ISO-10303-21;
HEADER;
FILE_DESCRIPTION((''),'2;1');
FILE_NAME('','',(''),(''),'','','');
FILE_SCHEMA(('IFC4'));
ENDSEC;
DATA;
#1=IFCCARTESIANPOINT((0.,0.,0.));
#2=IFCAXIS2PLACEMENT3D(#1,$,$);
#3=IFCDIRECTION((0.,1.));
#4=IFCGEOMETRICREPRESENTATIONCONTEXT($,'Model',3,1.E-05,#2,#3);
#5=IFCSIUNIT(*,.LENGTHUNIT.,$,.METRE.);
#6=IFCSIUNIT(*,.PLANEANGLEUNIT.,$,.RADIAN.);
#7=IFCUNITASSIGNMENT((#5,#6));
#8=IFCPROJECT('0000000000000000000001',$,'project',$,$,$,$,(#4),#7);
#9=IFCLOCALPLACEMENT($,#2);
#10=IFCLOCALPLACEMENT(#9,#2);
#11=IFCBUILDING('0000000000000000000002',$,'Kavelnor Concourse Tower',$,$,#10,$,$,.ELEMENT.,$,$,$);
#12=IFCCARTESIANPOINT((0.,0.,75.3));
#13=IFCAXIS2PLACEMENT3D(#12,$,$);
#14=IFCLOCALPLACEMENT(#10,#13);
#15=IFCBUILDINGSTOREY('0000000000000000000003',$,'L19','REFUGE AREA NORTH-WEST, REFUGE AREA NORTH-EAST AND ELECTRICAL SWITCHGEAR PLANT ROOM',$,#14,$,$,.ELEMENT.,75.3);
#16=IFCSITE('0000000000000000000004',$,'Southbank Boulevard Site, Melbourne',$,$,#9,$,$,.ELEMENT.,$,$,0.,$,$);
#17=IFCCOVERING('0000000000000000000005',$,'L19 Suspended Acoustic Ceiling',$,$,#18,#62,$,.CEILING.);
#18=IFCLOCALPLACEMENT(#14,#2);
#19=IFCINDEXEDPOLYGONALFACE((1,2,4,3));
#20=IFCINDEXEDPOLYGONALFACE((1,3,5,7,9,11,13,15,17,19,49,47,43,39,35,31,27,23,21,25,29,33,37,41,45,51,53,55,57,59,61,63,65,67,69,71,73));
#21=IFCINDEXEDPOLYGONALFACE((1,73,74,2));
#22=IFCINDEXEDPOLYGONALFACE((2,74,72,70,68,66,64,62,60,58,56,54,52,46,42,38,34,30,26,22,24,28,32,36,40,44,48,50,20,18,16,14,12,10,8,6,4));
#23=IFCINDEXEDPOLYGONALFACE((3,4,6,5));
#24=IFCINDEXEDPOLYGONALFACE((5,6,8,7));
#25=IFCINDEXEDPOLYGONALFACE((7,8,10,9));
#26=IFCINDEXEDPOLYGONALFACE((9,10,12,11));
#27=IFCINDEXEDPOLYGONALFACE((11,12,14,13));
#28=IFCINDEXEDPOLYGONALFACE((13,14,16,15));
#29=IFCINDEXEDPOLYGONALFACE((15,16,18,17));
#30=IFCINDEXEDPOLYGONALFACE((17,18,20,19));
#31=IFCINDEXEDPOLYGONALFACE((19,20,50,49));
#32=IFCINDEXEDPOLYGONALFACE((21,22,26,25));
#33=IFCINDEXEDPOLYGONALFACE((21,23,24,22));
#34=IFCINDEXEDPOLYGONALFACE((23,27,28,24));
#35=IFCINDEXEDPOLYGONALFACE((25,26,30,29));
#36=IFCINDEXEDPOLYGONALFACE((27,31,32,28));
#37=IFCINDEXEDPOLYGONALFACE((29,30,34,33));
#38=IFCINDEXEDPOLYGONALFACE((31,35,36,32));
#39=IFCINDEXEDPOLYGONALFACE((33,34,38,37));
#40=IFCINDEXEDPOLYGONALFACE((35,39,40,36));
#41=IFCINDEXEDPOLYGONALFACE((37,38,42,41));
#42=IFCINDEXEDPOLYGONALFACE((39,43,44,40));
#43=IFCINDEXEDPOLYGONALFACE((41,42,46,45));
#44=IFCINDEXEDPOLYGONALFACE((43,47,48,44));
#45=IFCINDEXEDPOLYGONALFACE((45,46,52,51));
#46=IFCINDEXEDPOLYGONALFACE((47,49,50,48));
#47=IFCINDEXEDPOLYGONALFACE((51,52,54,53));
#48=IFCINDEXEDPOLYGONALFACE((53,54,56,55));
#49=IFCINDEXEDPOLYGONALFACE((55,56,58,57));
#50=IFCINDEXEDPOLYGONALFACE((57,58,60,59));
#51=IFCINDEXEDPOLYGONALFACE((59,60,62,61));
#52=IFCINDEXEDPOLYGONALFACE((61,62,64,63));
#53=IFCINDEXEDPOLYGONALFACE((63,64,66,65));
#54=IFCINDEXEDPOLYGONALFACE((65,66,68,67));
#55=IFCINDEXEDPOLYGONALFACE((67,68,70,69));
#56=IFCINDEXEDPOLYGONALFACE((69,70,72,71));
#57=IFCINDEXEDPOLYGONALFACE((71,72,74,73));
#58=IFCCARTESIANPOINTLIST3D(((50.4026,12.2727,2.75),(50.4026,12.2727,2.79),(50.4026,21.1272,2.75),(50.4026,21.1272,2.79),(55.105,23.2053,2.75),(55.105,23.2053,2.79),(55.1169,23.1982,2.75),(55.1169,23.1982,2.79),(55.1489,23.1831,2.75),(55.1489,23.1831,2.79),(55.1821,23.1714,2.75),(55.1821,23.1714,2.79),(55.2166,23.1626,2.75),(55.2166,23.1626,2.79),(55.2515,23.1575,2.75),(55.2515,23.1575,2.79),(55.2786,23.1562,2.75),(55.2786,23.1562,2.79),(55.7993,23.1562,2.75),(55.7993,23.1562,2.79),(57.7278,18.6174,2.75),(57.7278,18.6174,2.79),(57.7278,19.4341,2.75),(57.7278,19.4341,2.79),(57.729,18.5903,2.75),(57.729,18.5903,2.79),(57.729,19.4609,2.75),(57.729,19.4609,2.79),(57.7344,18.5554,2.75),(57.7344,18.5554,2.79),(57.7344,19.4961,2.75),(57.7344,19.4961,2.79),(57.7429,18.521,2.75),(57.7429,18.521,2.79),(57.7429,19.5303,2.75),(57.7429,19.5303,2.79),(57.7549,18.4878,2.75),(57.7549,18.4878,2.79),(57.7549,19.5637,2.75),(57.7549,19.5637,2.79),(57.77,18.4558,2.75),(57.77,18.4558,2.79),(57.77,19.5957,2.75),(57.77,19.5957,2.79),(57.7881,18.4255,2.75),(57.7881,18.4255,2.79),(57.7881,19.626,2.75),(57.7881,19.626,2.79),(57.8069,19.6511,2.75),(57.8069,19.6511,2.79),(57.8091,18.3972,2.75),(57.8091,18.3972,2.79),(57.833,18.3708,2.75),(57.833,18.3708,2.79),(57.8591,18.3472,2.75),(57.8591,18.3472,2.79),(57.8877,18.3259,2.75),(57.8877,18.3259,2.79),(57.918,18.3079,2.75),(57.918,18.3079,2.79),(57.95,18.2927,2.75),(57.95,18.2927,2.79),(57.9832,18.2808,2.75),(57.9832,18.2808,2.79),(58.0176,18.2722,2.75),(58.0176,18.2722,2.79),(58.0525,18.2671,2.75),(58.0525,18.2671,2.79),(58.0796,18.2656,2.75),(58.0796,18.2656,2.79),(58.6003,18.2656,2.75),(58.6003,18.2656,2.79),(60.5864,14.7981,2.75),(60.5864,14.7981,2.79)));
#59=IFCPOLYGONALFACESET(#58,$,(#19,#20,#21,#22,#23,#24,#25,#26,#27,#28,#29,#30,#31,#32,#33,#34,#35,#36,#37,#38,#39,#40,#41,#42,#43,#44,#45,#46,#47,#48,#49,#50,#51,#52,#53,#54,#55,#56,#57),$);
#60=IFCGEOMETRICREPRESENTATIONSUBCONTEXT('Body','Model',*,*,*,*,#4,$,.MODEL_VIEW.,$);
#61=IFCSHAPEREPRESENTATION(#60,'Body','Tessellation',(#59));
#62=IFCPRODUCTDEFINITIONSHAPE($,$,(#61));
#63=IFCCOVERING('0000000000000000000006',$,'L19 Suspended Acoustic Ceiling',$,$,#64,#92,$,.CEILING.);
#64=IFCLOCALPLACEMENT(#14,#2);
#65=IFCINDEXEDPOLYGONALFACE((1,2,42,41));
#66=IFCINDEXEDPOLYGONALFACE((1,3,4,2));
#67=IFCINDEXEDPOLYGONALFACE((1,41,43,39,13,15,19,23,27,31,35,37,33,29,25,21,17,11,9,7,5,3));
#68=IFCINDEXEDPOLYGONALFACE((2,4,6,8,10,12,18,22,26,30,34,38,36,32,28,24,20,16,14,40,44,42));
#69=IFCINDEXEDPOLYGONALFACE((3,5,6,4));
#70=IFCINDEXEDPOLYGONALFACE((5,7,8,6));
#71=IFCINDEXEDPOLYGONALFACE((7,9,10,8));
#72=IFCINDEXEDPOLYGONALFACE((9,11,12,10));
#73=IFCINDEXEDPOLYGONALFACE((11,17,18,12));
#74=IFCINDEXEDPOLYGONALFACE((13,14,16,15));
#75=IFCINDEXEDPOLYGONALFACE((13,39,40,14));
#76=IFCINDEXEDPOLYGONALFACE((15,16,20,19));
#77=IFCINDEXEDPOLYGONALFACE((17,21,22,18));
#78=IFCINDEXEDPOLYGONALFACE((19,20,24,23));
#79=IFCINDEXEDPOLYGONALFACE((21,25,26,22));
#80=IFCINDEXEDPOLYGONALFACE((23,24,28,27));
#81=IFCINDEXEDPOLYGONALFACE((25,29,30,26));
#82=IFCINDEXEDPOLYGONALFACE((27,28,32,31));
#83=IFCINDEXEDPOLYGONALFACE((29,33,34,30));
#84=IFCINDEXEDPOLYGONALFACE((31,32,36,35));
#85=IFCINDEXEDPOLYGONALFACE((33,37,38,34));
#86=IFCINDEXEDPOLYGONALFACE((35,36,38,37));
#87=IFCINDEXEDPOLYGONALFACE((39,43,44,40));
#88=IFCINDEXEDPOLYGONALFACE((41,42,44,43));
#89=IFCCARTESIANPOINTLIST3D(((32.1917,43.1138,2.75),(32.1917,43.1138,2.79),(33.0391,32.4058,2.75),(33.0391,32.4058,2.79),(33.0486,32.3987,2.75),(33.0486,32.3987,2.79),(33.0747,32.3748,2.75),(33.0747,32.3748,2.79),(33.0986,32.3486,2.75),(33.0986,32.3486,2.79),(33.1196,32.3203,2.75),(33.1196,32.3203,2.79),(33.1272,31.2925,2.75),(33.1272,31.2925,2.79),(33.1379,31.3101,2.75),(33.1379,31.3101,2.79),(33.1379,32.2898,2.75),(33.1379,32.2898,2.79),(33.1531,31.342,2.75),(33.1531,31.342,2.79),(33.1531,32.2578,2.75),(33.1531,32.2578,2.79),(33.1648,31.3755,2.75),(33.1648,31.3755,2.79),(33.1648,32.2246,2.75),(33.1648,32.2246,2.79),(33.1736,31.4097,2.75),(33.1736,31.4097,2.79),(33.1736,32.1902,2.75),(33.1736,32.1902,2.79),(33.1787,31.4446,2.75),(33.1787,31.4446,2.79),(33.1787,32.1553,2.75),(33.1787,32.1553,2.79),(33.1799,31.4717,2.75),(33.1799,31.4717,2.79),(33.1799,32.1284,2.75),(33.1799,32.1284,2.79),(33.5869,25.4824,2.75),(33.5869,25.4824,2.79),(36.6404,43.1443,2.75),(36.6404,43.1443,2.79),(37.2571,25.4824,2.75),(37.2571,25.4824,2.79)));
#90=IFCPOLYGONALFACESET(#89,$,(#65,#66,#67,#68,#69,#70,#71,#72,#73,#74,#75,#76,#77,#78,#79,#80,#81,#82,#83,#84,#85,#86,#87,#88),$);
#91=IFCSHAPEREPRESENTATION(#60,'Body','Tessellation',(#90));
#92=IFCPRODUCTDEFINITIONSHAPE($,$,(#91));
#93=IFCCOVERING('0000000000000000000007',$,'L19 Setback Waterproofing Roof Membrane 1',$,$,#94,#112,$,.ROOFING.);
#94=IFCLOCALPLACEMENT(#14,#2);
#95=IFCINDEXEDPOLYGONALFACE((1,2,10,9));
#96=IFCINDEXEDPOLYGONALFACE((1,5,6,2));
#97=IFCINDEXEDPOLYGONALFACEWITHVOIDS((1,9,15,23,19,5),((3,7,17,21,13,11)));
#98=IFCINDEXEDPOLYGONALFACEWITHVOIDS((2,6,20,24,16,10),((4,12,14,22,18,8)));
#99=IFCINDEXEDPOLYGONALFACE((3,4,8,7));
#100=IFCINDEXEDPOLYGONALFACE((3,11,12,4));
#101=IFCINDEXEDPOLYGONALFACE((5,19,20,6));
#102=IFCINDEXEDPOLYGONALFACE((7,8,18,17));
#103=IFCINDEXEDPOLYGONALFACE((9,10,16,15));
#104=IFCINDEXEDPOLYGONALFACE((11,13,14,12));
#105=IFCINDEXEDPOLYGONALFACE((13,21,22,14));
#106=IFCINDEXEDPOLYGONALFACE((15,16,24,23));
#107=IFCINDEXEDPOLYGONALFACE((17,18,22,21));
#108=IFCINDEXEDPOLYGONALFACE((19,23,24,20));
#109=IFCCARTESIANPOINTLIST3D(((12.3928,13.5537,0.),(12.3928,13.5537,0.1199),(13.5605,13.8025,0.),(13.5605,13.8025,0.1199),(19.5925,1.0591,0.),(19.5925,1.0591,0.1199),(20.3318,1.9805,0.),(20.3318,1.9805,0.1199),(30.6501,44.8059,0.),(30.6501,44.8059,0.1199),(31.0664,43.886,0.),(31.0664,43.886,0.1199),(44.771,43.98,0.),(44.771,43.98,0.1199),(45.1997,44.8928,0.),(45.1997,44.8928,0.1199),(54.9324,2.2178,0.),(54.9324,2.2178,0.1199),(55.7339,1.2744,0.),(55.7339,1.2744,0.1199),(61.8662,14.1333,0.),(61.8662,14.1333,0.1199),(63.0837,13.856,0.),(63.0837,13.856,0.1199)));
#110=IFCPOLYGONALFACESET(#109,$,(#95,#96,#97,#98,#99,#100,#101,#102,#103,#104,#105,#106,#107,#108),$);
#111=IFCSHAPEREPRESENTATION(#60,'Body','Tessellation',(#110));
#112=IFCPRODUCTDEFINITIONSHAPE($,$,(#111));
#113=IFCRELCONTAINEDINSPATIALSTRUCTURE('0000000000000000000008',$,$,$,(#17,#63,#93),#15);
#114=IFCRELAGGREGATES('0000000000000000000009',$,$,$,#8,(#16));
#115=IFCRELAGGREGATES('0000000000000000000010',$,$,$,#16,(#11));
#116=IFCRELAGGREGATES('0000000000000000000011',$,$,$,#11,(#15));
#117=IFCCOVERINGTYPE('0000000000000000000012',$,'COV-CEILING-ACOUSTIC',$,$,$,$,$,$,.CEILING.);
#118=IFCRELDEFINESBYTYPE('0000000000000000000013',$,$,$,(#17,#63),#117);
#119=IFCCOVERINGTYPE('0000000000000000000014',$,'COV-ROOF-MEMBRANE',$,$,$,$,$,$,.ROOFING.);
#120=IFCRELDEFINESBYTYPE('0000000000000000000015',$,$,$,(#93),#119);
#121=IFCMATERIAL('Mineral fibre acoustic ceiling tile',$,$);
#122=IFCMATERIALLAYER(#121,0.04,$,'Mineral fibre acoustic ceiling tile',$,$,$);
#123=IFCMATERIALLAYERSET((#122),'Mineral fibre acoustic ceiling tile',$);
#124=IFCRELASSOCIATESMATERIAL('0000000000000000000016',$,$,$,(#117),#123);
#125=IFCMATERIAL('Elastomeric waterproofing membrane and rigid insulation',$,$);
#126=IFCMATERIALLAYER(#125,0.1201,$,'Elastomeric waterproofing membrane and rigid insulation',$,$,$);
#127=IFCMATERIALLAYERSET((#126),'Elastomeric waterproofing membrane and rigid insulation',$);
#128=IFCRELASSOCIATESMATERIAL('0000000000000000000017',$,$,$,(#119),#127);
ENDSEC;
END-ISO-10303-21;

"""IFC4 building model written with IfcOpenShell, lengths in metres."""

from ifc_helpers import new_model, si_unit, direction, frame, origin, place, context, subcontext, project, spatial, polyline, outline, extrude, material, layer, layer_set, type_object, element, save


model = new_model("IFC4")

# Units and contexts
model_context = context("Model", 3, precision=1e-05, world=origin(), true_north=direction((0.0, 1.0)))
body_context = subcontext(model_context, "Body", "Model", "MODEL_VIEW")
ifc_project = project(units=[si_unit("LENGTHUNIT", "METRE"), si_unit("PLANEANGLEUNIT", "RADIAN")], contexts=[model_context])

# Site, building, storey
site_placement = place(None, origin())
site = spatial("IfcSite", under=ifc_project, at=site_placement, Name="Southbank Boulevard Site, Melbourne", CompositionType="ELEMENT", RefElevation=0.0)
building_placement = place(site_placement, origin())
building = spatial("IfcBuilding", under=site, at=building_placement, Name="Kavelnor Concourse Tower", CompositionType="ELEMENT")
storey_placement = place(building_placement, frame((0.0, 0.0, 75.3)))
storey = spatial("IfcBuildingStorey", under=building, at=storey_placement, Name="L19", Description="REFUGE AREA NORTH-WEST, REFUGE AREA NORTH-EAST AND ELECTRICAL SWITCHGEAR PLANT ROOM", CompositionType="ELEMENT", Elevation=75.3)

# Coverings
ifc_material_1 = material(Name="Mineral fibre acoustic ceiling tile")
ifc_layer_1 = layer(ifc_material_1, 0.04, Name="Mineral fibre acoustic ceiling tile")
ifc_layer_set_1 = layer_set([ifc_layer_1], Name="Mineral fibre acoustic ceiling tile")
covering_type_1 = type_object("IfcCoveringType", Name="COV-CEILING-ACOUSTIC", PredefinedType="CEILING", material=ifc_layer_set_1)
covering_1_placement = place(storey_placement, frame((0.0, 0.0, 2.75)))
element("IfcCovering", 1, at=covering_1_placement, inside=storey, type_object=covering_type_1, Name="L19 Suspended Acoustic Ceiling", PredefinedType="CEILING", context=body_context, shape_type="SweptSolid", body=[
    extrude(outline(polyline([(55.1169, 23.1982), (55.1489, 23.1831), (55.1821, 23.1714), (55.2166, 23.1626), (55.2515, 23.1575), (55.2786, 23.1562), (55.7993, 23.1562), (57.8069, 19.6511), (57.7881, 19.626), (57.77, 19.5957), (57.7549, 19.5637), (57.7429, 19.5303), (57.7344, 19.4961), (57.729, 19.4609), (57.7278, 19.4341), (57.7278, 18.6174), (57.729, 18.5903), (57.7344, 18.5554), (57.7429, 18.521), (57.7549, 18.4878), (57.77, 18.4558), (57.7881, 18.4255), (57.8091, 18.3972), (57.833, 18.3708), (57.8591, 18.3472), (57.8877, 18.3259), (57.918, 18.3079), (57.95, 18.2927), (57.9832, 18.2808), (58.0176, 18.2722), (58.0525, 18.2671), (58.0796, 18.2656), (58.6003, 18.2656), (60.5864, 14.7981), (50.4026, 12.2727), (50.4026, 21.1272), (55.105, 23.2053), (55.1169, 23.1982)])), origin(), (0.0, 0.0, 1.0), 0.04),
])
covering_2_placement = place(storey_placement, frame((0.0, 0.0, 2.75)))
element("IfcCovering", 2, at=covering_2_placement, inside=storey, type_object=covering_type_1, Name="L19 Suspended Acoustic Ceiling", PredefinedType="CEILING", context=body_context, shape_type="SweptSolid", body=[
    extrude(outline(polyline([(36.6404, 43.1443), (37.2571, 25.4824), (33.5869, 25.4824), (33.1272, 31.2925), (33.1379, 31.3101), (33.1531, 31.342), (33.1648, 31.3755), (33.1736, 31.4097), (33.1787, 31.4446), (33.1799, 31.4717), (33.1799, 32.1284), (33.1787, 32.1553), (33.1736, 32.1902), (33.1648, 32.2246), (33.1531, 32.2578), (33.1379, 32.2898), (33.1196, 32.3203), (33.0986, 32.3486), (33.0747, 32.3748), (33.0486, 32.3987), (33.0391, 32.4058), (32.1917, 43.1138), (36.6404, 43.1443)])), origin(), (0.0, 0.0, 1.0), 0.04),
])
ifc_material_2 = material(Name="Elastomeric waterproofing membrane and rigid insulation")
ifc_layer_2 = layer(ifc_material_2, 0.1201, Name="Elastomeric waterproofing membrane and rigid insulation")
ifc_layer_set_2 = layer_set([ifc_layer_2], Name="Elastomeric waterproofing membrane and rigid insulation")
covering_type_2 = type_object("IfcCoveringType", Name="COV-ROOF-MEMBRANE", PredefinedType="ROOFING", material=ifc_layer_set_2)
covering_3_placement = place(storey_placement, origin())
element("IfcCovering", 3, at=covering_3_placement, inside=storey, type_object=covering_type_2, Name="L19 Setback Waterproofing Roof Membrane 1", PredefinedType="ROOFING", context=body_context, shape_type="SweptSolid", body=[
    extrude(outline(polyline([(63.0837, 13.856), (55.7339, 1.2744), (19.5925, 1.0591), (12.3928, 13.5537), (30.6501, 44.8059), (45.1997, 44.8928), (63.0837, 13.856)]), holes=[polyline([(31.0664, 43.886), (13.5605, 13.8025), (20.3318, 1.9805), (54.9324, 2.2178), (61.8662, 14.1333), (44.771, 43.98), (31.0664, 43.886)])]), origin(), (0.0, 0.0, 1.0), 0.1199),
])

save(model, "model.ifc")
